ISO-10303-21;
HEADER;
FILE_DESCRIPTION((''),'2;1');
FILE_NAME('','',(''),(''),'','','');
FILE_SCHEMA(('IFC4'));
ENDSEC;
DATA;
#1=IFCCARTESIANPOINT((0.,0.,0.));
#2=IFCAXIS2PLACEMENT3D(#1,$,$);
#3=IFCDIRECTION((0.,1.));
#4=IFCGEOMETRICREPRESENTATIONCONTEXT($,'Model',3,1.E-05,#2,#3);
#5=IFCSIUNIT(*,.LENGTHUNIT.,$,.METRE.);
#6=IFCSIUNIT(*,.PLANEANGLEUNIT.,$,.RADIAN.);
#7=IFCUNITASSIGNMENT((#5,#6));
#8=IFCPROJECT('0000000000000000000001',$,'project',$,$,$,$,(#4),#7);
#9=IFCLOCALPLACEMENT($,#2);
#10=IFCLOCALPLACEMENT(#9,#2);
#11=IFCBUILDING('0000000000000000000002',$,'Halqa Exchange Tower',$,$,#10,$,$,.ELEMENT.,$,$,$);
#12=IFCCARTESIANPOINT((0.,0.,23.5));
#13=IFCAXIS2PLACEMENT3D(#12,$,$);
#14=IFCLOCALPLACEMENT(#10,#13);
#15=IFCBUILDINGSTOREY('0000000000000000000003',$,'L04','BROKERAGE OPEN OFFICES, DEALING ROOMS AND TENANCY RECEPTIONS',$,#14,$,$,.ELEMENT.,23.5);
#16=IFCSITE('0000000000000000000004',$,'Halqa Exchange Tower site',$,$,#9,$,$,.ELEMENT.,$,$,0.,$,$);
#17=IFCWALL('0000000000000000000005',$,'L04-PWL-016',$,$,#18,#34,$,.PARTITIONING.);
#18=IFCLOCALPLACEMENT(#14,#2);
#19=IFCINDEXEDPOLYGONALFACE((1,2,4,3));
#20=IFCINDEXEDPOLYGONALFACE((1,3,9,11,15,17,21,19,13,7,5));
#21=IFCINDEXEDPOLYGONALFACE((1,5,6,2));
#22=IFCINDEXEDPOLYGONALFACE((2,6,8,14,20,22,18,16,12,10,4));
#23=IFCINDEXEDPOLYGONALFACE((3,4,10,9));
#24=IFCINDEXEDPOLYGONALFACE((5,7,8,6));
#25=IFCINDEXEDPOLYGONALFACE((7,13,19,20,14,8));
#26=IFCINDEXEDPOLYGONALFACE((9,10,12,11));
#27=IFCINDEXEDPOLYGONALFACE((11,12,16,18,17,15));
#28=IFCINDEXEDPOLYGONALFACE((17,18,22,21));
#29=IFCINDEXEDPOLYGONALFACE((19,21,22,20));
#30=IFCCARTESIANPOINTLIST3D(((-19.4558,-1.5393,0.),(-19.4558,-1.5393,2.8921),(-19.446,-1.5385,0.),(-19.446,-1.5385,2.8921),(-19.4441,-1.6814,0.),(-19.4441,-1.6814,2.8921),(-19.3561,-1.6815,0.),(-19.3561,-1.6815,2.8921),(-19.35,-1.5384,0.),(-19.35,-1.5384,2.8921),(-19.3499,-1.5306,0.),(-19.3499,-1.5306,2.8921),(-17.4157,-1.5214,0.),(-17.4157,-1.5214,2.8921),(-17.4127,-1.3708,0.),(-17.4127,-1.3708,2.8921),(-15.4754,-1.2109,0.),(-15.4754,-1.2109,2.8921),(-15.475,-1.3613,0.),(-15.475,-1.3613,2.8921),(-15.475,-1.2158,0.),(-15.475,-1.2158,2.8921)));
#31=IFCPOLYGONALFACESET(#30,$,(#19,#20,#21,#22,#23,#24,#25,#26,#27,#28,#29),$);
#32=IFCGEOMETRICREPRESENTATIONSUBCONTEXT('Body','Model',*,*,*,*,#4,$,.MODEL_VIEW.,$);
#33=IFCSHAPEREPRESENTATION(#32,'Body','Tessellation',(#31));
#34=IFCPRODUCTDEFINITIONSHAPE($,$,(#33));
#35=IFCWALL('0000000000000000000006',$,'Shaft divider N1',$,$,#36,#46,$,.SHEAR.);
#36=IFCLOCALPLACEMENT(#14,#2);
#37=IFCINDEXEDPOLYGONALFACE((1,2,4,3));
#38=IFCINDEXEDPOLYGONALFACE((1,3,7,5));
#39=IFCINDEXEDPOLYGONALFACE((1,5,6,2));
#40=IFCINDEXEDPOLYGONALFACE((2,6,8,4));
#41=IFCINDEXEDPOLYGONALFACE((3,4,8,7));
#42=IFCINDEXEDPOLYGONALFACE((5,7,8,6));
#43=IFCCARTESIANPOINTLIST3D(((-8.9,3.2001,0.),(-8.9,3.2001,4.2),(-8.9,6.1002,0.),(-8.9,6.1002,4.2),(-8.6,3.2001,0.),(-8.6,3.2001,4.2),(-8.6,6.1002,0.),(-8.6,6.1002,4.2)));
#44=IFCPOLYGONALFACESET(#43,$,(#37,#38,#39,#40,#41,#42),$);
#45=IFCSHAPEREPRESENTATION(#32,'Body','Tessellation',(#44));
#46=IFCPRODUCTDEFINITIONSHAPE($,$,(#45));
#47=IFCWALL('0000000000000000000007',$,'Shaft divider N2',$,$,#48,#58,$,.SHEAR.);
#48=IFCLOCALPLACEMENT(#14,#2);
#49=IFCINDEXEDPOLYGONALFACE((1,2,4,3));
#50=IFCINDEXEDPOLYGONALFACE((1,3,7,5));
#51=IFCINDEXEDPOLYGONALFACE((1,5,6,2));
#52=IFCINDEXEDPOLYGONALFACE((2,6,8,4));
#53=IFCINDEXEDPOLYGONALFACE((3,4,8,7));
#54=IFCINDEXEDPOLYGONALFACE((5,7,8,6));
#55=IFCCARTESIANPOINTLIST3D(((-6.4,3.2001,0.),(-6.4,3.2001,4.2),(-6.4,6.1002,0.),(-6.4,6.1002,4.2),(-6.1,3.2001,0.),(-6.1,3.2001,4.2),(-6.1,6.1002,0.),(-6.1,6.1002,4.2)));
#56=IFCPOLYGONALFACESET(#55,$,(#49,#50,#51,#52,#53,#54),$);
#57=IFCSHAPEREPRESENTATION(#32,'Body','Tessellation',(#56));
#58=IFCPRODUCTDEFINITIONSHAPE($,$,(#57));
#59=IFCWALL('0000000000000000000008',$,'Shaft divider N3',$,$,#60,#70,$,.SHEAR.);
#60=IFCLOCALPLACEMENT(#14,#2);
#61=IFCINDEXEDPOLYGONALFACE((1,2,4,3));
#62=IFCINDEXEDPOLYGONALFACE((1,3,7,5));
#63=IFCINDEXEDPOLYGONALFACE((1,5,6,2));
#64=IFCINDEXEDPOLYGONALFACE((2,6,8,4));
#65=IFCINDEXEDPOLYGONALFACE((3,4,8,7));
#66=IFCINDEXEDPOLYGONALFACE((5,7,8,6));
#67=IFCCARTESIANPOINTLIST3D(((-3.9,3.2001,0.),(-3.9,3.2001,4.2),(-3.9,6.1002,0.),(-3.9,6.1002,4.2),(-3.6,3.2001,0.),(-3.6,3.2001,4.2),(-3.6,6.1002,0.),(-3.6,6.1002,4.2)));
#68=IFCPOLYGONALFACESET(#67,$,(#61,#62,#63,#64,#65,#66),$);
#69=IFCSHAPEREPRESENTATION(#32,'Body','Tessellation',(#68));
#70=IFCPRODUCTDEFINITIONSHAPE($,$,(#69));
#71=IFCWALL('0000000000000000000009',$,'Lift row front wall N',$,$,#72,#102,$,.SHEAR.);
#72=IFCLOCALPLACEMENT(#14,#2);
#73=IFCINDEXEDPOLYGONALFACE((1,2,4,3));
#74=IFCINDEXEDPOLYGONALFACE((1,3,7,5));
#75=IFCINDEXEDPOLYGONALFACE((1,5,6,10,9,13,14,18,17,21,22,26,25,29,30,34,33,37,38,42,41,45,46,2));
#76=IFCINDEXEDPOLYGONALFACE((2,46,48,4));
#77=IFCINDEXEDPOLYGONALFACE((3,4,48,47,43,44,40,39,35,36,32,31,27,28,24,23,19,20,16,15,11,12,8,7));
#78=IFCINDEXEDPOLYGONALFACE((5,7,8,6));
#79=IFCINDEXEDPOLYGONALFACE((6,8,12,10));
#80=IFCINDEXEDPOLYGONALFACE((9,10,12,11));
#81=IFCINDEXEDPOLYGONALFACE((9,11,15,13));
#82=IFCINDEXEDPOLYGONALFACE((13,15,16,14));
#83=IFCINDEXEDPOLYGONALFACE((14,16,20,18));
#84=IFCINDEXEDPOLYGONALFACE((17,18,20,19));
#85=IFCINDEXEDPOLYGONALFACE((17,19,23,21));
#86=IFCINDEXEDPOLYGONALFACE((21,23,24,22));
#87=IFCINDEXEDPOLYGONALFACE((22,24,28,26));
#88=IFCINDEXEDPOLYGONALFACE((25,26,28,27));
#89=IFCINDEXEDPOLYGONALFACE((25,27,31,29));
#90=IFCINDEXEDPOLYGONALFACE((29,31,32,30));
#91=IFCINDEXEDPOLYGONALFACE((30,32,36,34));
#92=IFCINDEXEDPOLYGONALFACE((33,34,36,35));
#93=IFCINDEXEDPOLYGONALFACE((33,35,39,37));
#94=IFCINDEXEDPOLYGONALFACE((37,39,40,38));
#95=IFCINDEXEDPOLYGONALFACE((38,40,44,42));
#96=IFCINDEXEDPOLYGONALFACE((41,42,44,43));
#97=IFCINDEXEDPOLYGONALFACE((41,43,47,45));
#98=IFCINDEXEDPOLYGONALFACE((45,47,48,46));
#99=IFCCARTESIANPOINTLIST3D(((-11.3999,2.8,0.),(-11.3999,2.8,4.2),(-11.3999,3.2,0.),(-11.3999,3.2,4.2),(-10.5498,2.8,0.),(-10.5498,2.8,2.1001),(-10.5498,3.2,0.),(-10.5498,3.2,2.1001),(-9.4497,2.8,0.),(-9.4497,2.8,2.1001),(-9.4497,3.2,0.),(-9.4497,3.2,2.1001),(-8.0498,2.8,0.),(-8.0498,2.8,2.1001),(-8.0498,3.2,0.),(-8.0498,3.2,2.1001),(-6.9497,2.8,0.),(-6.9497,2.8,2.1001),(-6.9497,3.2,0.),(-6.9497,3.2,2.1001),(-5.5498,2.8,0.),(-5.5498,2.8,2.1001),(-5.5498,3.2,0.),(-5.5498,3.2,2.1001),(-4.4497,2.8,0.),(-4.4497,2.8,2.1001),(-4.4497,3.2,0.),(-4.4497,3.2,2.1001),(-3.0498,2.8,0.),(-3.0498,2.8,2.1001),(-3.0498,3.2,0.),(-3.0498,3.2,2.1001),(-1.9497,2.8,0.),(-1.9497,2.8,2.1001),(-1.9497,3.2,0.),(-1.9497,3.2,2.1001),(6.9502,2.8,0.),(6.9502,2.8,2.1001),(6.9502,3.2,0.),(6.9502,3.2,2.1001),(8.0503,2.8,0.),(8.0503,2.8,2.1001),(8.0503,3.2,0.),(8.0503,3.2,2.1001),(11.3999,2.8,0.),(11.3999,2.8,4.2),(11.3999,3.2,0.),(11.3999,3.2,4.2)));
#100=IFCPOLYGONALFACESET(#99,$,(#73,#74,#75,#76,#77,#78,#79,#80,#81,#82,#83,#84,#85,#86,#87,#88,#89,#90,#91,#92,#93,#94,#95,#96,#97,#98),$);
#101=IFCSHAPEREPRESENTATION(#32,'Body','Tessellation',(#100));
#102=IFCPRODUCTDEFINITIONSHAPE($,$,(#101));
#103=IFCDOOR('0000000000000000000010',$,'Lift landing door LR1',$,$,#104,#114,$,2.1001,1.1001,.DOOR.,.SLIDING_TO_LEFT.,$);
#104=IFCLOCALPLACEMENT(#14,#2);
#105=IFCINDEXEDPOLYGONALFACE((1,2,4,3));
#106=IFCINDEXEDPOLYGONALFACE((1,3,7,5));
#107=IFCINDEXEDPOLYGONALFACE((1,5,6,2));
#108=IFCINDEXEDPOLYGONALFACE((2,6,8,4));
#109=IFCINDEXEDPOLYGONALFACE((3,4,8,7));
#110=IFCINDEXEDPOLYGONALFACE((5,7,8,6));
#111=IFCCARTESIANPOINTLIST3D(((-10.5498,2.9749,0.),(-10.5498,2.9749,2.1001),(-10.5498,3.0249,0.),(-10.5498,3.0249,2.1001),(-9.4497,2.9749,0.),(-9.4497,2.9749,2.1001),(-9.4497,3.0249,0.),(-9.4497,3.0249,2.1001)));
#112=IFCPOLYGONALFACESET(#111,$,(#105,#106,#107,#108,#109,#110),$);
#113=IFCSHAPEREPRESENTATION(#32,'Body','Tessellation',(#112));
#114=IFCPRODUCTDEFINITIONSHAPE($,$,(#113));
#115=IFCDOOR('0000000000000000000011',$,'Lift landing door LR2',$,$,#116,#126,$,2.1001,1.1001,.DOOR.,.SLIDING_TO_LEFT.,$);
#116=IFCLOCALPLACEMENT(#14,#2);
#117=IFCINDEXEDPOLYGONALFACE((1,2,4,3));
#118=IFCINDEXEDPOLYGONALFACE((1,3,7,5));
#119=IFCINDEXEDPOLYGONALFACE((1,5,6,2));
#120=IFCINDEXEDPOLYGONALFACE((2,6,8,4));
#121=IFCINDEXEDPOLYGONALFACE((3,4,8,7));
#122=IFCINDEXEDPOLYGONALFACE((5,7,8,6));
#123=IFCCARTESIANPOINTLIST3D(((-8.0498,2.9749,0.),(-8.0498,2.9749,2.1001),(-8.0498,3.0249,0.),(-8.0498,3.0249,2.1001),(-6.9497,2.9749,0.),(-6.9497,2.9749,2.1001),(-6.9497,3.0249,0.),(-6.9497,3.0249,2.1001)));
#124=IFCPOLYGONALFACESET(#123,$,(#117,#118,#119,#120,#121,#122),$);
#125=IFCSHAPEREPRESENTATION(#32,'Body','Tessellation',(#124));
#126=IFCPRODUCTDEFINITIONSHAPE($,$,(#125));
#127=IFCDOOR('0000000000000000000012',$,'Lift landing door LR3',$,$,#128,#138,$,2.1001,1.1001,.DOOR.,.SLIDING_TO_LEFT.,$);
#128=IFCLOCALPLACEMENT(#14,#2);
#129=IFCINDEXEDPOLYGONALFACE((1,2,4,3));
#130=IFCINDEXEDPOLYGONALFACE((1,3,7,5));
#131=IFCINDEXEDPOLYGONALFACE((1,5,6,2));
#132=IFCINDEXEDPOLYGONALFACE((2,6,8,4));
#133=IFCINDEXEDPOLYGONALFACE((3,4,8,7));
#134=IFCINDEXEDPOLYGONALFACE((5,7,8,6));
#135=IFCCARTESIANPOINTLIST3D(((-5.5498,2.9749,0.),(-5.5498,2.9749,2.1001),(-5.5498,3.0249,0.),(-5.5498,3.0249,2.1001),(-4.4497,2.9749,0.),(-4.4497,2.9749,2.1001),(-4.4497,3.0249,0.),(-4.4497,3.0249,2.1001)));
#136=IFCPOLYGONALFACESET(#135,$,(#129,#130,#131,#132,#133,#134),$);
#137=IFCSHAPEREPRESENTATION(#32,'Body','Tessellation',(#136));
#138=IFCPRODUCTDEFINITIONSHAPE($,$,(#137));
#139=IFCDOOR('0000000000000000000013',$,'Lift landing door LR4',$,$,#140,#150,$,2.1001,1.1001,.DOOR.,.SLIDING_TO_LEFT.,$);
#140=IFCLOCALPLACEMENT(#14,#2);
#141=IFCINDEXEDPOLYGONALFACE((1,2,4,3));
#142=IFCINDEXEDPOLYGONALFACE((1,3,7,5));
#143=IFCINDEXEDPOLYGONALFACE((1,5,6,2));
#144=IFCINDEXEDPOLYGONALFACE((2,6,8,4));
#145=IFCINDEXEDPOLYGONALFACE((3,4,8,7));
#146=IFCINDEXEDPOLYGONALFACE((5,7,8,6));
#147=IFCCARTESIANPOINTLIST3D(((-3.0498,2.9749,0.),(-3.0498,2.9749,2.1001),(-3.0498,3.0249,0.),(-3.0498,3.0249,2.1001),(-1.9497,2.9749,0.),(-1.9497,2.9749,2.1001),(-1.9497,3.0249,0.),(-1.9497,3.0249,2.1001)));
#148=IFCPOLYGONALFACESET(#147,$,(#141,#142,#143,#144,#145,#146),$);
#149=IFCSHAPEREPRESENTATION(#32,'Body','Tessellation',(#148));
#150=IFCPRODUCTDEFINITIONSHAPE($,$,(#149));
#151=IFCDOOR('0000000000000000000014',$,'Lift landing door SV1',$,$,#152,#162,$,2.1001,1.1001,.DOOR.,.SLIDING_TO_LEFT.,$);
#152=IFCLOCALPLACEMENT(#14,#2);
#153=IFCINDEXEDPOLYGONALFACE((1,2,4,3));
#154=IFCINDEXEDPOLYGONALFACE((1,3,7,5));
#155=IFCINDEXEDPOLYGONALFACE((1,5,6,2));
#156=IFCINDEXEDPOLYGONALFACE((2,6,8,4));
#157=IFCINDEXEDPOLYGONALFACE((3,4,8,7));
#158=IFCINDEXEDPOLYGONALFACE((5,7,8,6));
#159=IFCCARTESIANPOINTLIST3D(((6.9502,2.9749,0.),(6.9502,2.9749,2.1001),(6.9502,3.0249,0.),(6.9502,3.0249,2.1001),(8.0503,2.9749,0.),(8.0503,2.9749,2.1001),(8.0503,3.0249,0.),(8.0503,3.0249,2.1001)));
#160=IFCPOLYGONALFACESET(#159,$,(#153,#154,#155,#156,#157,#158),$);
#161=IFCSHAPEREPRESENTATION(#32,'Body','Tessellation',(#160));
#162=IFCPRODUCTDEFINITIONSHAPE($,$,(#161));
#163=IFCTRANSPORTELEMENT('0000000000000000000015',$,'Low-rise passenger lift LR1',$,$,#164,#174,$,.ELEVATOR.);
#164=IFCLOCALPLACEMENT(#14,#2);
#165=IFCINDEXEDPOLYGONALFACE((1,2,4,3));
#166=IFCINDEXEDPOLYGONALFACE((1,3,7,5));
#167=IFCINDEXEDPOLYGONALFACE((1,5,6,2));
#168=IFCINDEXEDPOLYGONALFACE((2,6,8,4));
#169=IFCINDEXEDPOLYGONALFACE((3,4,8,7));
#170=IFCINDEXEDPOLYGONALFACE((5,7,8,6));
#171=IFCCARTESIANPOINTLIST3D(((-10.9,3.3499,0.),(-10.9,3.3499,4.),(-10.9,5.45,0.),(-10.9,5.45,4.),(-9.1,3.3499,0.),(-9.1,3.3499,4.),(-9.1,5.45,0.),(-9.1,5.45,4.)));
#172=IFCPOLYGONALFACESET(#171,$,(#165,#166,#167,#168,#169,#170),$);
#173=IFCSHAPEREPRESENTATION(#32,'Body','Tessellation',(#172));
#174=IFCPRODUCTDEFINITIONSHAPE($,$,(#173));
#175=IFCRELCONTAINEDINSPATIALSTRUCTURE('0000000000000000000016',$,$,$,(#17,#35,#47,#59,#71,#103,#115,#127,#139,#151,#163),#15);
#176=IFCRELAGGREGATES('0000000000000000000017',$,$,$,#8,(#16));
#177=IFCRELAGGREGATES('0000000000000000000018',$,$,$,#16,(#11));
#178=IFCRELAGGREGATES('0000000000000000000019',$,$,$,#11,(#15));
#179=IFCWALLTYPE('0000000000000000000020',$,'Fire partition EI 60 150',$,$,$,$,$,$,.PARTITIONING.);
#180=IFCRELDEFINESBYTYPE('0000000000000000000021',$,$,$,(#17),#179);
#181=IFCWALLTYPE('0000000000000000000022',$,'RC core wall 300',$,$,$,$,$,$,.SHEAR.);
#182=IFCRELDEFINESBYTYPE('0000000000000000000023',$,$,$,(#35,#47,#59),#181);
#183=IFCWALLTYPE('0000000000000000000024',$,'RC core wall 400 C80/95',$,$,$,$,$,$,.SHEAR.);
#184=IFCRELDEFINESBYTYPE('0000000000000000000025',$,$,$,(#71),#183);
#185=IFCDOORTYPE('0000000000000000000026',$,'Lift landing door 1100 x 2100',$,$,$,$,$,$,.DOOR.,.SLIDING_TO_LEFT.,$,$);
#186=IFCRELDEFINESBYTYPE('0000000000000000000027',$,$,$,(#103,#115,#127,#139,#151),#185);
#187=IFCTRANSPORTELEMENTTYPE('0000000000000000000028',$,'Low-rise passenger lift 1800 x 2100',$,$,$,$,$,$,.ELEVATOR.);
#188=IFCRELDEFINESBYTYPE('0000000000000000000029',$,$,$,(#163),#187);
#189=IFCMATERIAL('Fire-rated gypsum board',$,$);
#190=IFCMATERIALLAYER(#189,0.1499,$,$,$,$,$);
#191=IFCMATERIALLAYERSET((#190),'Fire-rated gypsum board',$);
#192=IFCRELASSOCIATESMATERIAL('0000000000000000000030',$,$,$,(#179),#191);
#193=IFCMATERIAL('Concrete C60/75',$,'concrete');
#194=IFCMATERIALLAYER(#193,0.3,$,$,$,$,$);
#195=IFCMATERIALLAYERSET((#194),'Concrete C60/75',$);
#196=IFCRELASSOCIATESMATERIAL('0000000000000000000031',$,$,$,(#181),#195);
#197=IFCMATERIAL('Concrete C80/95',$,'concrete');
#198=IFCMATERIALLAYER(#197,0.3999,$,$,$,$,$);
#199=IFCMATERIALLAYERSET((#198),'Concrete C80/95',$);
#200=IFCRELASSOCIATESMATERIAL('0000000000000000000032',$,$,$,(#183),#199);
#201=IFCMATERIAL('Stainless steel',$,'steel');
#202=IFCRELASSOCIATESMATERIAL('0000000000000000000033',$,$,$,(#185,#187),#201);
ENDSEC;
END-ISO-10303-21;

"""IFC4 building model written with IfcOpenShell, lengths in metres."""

from ifc_helpers import new_model, si_unit, direction, frame, frame_2d, origin, origin_2d, place, context, subcontext, project, spatial, polyline, rectangle, outline, extrude, material, layer, layer_set, type_object, element, fill, save


model = new_model("IFC4")

# Units and contexts
model_context = context("Model", 3, precision=1e-05, world=origin(), true_north=direction((0.0, 1.0)))
body_context = subcontext(model_context, "Body", "Model", "MODEL_VIEW")
ifc_project = project(units=[si_unit("LENGTHUNIT", "METRE"), si_unit("PLANEANGLEUNIT", "RADIAN")], contexts=[model_context])

# Site, building, storey
site_placement = place(None, origin())
site = spatial("IfcSite", under=ifc_project, at=site_placement, Name="Halqa Exchange Tower site", CompositionType="ELEMENT", RefElevation=0.0)
building_placement = place(site_placement, origin())
building = spatial("IfcBuilding", under=site, at=building_placement, Name="Halqa Exchange Tower", CompositionType="ELEMENT")
storey_placement = place(building_placement, frame((0.0, 0.0, 23.5)))
storey = spatial("IfcBuildingStorey", under=building, at=storey_placement, Name="L04", Description="BROKERAGE OPEN OFFICES, DEALING ROOMS AND TENANCY RECEPTIONS", CompositionType="ELEMENT", Elevation=23.5)

# Walls
ifc_material_1 = material(Name="Fire-rated gypsum board")
ifc_layer_1 = layer(ifc_material_1, 0.1499)
ifc_layer_set_1 = layer_set([ifc_layer_1], Name="Fire-rated gypsum board")
wall_type_1 = type_object("IfcWallType", Name="Fire partition EI 60 150", PredefinedType="PARTITIONING", material=ifc_layer_set_1)
wall_1_placement = place(storey_placement, frame((-15.4692, -1.2856, 0.0), z_axis=(0.0, 0.0, 1.0), x_axis=(-0.996615, -0.082216, 0.0)))
element("IfcWall", 1, at=wall_1_placement, inside=storey, type_object=wall_type_1, Name="L04-PWL-016", PredefinedType="PARTITIONING", context=body_context, shape_type="SweptSolid", body=[
    extrude(outline(polyline([(0.0, -0.075), (1.9438, -0.075), (3.8877, -0.075), (3.8884, -0.0671), (3.9841, -0.075), (3.9939, -0.075), (3.9939, 0.0676), (3.9062, 0.075), (1.9592, 0.075), (0.012, 0.075), (0.0, -0.0701), (0.0, -0.075)])), origin(), (0.0, 0.0, 1.0), 2.8921),
])
ifc_material_2 = material(Name="Concrete C60/75", Category="concrete")
ifc_layer_2 = layer(ifc_material_2, 0.3)
ifc_layer_set_2 = layer_set([ifc_layer_2], Name="Concrete C60/75")
wall_type_2 = type_object("IfcWallType", Name="RC core wall 300", PredefinedType="SHEAR", material=ifc_layer_set_2)
for number, where, z_axis, x_axis, name in (
    (2, (-8.75, 3.2, 0.0), (0.0, 0.0, 1.0), (0.0, 1.0, 0.0), "Shaft divider N1"),
    (3, (-6.25, 3.2, 0.0), (0.0, 0.0, 1.0), (0.0, 1.0, 0.0), "Shaft divider N2"),
    (4, (-3.75, 3.2, 0.0), (0.0, 0.0, 1.0), (0.0, 1.0, 0.0), "Shaft divider N3"),
):
    element("IfcWall", number, at=place(storey_placement, frame(where, z_axis=z_axis, x_axis=x_axis)), inside=storey, type_object=wall_type_2, Name=name, PredefinedType="SHEAR", context=body_context, shape_type="SweptSolid", body=[
        extrude(rectangle(XDim=2.9001, YDim=0.3, at=frame_2d((1.4502, 0.0))), origin(), (0.0, 0.0, 1.0), 4.2),
    ])

# Wall, openings, doors
ifc_material_3 = material(Name="Concrete C80/95", Category="concrete")
ifc_layer_3 = layer(ifc_material_3, 0.3999)
ifc_layer_set_3 = layer_set([ifc_layer_3], Name="Concrete C80/95")
wall_type_3 = type_object("IfcWallType", Name="RC core wall 400 C80/95", PredefinedType="SHEAR", material=ifc_layer_set_3)
wall_2_placement = place(storey_placement, frame((-11.3999, 3.0, 0.0), z_axis=(0.0, 0.0, 1.0), x_axis=(1.0, 0.0, 0.0)))
wall_2 = element("IfcWall", 5, at=wall_2_placement, inside=storey, type_object=wall_type_3, Name="Lift row front wall N", PredefinedType="SHEAR", context=body_context, shape_type="SweptSolid", body=[
    extrude(rectangle(XDim=22.7998, YDim=0.3999, at=frame_2d((11.3999, 0.0))), origin(), (0.0, 0.0, 1.0), 4.2),
])
opening_1_placement = place(wall_2_placement, frame((0.8501, 0.0, 0.0)))
opening_1 = element("IfcOpeningElement", 6, at=opening_1_placement, cuts=wall_2, PredefinedType="OPENING", context=body_context, shape_type="SweptSolid", body=[
    extrude(rectangle(XDim=1.1001, YDim=2.1001, at=frame_2d((0.55, 1.05))), frame((0.0, 0.2119, 0.0), z_axis=(0.0, -1.0, 0.0), x_axis=(1.0, 0.0, 0.0)), (0.0, 0.0, 1.0), 0.4238),
])
opening_2_placement = place(wall_2_placement, frame((3.3501, 0.0, 0.0)))
opening_2 = element("IfcOpeningElement", 7, at=opening_2_placement, cuts=wall_2, PredefinedType="OPENING", context=body_context, shape_type="SweptSolid", body=[
    extrude(rectangle(XDim=1.1001, YDim=2.1001, at=frame_2d((0.55, 1.05))), frame((0.0, 0.2119, 0.0), z_axis=(0.0, -1.0, 0.0), x_axis=(1.0, 0.0, 0.0)), (0.0, 0.0, 1.0), 0.4238),
])
opening_3_placement = place(wall_2_placement, frame((5.8501, 0.0, 0.0)))
opening_3 = element("IfcOpeningElement", 8, at=opening_3_placement, cuts=wall_2, PredefinedType="OPENING", context=body_context, shape_type="SweptSolid", body=[
    extrude(rectangle(XDim=1.1001, YDim=2.1001, at=frame_2d((0.55, 1.05))), frame((0.0, 0.2119, 0.0), z_axis=(0.0, -1.0, 0.0), x_axis=(1.0, 0.0, 0.0)), (0.0, 0.0, 1.0), 0.4238),
])
opening_4_placement = place(wall_2_placement, frame((8.3501, 0.0, 0.0)))
opening_4 = element("IfcOpeningElement", 9, at=opening_4_placement, cuts=wall_2, PredefinedType="OPENING", context=body_context, shape_type="SweptSolid", body=[
    extrude(rectangle(XDim=1.1001, YDim=2.1001, at=frame_2d((0.55, 1.05))), frame((0.0, 0.2119, 0.0), z_axis=(0.0, -1.0, 0.0), x_axis=(1.0, 0.0, 0.0)), (0.0, 0.0, 1.0), 0.4238),
])
opening_5_placement = place(wall_2_placement, frame((18.3501, 0.0, 0.0)))
opening_5 = element("IfcOpeningElement", 10, at=opening_5_placement, cuts=wall_2, PredefinedType="OPENING", context=body_context, shape_type="SweptSolid", body=[
    extrude(rectangle(XDim=1.1001, YDim=2.1001, at=frame_2d((0.55, 1.05))), frame((0.0, 0.2119, 0.0), z_axis=(0.0, -1.0, 0.0), x_axis=(1.0, 0.0, 0.0)), (0.0, 0.0, 1.0), 0.4238),
])
ifc_material_4 = material(Name="Stainless steel", Category="steel")
door_type = type_object("IfcDoorType", Name="Lift landing door 1100 x 2100", OperationType="SLIDING_TO_LEFT", PredefinedType="DOOR", material=ifc_material_4)
door_1_placement = place(opening_1_placement, origin())
door_1 = element("IfcDoor", 11, at=door_1_placement, inside=storey, type_object=door_type, Name="Lift landing door LR1", OperationType="SLIDING_TO_LEFT", OverallHeight=2.1001, OverallWidth=1.1001, PredefinedType="DOOR", context=body_context, shape_type="SweptSolid", body=[
    extrude(rectangle(XDim=1.1001, YDim=2.1001, at=frame_2d((0.55, 1.05))), frame((0.0, 0.0249, 0.0), z_axis=(0.0, -1.0, 0.0), x_axis=(1.0, 0.0, 0.0)), (0.0, 0.0, 1.0), 0.05),
])
fill(opening_1, door_1)
door_2_placement = place(opening_2_placement, origin())
door_2 = element("IfcDoor", 12, at=door_2_placement, inside=storey, type_object=door_type, Name="Lift landing door LR2", OperationType="SLIDING_TO_LEFT", OverallHeight=2.1001, OverallWidth=1.1001, PredefinedType="DOOR", context=body_context, shape_type="SweptSolid", body=[
    extrude(rectangle(XDim=1.1001, YDim=2.1001, at=frame_2d((0.55, 1.05))), frame((0.0, 0.0249, 0.0), z_axis=(0.0, -1.0, 0.0), x_axis=(1.0, 0.0, 0.0)), (0.0, 0.0, 1.0), 0.05),
])
fill(opening_2, door_2)
door_3_placement = place(opening_3_placement, origin())
door_3 = element("IfcDoor", 13, at=door_3_placement, inside=storey, type_object=door_type, Name="Lift landing door LR3", OperationType="SLIDING_TO_LEFT", OverallHeight=2.1001, OverallWidth=1.1001, PredefinedType="DOOR", context=body_context, shape_type="SweptSolid", body=[
    extrude(rectangle(XDim=1.1001, YDim=2.1001, at=frame_2d((0.55, 1.05))), frame((0.0, 0.0249, 0.0), z_axis=(0.0, -1.0, 0.0), x_axis=(1.0, 0.0, 0.0)), (0.0, 0.0, 1.0), 0.05),
])
fill(opening_3, door_3)
door_4_placement = place(opening_4_placement, origin())
door_4 = element("IfcDoor", 14, at=door_4_placement, inside=storey, type_object=door_type, Name="Lift landing door LR4", OperationType="SLIDING_TO_LEFT", OverallHeight=2.1001, OverallWidth=1.1001, PredefinedType="DOOR", context=body_context, shape_type="SweptSolid", body=[
    extrude(rectangle(XDim=1.1001, YDim=2.1001, at=frame_2d((0.55, 1.05))), frame((0.0, 0.0249, 0.0), z_axis=(0.0, -1.0, 0.0), x_axis=(1.0, 0.0, 0.0)), (0.0, 0.0, 1.0), 0.05),
])
fill(opening_4, door_4)
door_5_placement = place(opening_5_placement, origin())
door_5 = element("IfcDoor", 15, at=door_5_placement, inside=storey, type_object=door_type, Name="Lift landing door SV1", OperationType="SLIDING_TO_LEFT", OverallHeight=2.1001, OverallWidth=1.1001, PredefinedType="DOOR", context=body_context, shape_type="SweptSolid", body=[
    extrude(rectangle(XDim=1.1001, YDim=2.1001, at=frame_2d((0.55, 1.05))), frame((0.0, 0.0249, 0.0), z_axis=(0.0, -1.0, 0.0), x_axis=(1.0, 0.0, 0.0)), (0.0, 0.0, 1.0), 0.05),
])
fill(opening_5, door_5)

# Transport element
transport_element_type = type_object("IfcTransportElementType", Name="Low-rise passenger lift 1800 x 2100", PredefinedType="ELEVATOR", material=ifc_material_4)
for number, where, z_axis, x_axis, name in (
    (16, (-10.0, 4.3999, 0.0), (0.0, 0.0, 1.0), (1.0, 0.0, 0.0), "Low-rise passenger lift LR1"),
):
    element("IfcTransportElement", number, at=place(storey_placement, frame(where, z_axis=z_axis, x_axis=x_axis)), inside=storey, type_object=transport_element_type, Name=name, PredefinedType="ELEVATOR", context=body_context, shape_type="SweptSolid", body=[
        extrude(rectangle(XDim=1.8, YDim=2.1001, at=origin_2d()), origin(), (0.0, 0.0, 1.0), 4.0),
    ])

save(model, "model.ifc")
